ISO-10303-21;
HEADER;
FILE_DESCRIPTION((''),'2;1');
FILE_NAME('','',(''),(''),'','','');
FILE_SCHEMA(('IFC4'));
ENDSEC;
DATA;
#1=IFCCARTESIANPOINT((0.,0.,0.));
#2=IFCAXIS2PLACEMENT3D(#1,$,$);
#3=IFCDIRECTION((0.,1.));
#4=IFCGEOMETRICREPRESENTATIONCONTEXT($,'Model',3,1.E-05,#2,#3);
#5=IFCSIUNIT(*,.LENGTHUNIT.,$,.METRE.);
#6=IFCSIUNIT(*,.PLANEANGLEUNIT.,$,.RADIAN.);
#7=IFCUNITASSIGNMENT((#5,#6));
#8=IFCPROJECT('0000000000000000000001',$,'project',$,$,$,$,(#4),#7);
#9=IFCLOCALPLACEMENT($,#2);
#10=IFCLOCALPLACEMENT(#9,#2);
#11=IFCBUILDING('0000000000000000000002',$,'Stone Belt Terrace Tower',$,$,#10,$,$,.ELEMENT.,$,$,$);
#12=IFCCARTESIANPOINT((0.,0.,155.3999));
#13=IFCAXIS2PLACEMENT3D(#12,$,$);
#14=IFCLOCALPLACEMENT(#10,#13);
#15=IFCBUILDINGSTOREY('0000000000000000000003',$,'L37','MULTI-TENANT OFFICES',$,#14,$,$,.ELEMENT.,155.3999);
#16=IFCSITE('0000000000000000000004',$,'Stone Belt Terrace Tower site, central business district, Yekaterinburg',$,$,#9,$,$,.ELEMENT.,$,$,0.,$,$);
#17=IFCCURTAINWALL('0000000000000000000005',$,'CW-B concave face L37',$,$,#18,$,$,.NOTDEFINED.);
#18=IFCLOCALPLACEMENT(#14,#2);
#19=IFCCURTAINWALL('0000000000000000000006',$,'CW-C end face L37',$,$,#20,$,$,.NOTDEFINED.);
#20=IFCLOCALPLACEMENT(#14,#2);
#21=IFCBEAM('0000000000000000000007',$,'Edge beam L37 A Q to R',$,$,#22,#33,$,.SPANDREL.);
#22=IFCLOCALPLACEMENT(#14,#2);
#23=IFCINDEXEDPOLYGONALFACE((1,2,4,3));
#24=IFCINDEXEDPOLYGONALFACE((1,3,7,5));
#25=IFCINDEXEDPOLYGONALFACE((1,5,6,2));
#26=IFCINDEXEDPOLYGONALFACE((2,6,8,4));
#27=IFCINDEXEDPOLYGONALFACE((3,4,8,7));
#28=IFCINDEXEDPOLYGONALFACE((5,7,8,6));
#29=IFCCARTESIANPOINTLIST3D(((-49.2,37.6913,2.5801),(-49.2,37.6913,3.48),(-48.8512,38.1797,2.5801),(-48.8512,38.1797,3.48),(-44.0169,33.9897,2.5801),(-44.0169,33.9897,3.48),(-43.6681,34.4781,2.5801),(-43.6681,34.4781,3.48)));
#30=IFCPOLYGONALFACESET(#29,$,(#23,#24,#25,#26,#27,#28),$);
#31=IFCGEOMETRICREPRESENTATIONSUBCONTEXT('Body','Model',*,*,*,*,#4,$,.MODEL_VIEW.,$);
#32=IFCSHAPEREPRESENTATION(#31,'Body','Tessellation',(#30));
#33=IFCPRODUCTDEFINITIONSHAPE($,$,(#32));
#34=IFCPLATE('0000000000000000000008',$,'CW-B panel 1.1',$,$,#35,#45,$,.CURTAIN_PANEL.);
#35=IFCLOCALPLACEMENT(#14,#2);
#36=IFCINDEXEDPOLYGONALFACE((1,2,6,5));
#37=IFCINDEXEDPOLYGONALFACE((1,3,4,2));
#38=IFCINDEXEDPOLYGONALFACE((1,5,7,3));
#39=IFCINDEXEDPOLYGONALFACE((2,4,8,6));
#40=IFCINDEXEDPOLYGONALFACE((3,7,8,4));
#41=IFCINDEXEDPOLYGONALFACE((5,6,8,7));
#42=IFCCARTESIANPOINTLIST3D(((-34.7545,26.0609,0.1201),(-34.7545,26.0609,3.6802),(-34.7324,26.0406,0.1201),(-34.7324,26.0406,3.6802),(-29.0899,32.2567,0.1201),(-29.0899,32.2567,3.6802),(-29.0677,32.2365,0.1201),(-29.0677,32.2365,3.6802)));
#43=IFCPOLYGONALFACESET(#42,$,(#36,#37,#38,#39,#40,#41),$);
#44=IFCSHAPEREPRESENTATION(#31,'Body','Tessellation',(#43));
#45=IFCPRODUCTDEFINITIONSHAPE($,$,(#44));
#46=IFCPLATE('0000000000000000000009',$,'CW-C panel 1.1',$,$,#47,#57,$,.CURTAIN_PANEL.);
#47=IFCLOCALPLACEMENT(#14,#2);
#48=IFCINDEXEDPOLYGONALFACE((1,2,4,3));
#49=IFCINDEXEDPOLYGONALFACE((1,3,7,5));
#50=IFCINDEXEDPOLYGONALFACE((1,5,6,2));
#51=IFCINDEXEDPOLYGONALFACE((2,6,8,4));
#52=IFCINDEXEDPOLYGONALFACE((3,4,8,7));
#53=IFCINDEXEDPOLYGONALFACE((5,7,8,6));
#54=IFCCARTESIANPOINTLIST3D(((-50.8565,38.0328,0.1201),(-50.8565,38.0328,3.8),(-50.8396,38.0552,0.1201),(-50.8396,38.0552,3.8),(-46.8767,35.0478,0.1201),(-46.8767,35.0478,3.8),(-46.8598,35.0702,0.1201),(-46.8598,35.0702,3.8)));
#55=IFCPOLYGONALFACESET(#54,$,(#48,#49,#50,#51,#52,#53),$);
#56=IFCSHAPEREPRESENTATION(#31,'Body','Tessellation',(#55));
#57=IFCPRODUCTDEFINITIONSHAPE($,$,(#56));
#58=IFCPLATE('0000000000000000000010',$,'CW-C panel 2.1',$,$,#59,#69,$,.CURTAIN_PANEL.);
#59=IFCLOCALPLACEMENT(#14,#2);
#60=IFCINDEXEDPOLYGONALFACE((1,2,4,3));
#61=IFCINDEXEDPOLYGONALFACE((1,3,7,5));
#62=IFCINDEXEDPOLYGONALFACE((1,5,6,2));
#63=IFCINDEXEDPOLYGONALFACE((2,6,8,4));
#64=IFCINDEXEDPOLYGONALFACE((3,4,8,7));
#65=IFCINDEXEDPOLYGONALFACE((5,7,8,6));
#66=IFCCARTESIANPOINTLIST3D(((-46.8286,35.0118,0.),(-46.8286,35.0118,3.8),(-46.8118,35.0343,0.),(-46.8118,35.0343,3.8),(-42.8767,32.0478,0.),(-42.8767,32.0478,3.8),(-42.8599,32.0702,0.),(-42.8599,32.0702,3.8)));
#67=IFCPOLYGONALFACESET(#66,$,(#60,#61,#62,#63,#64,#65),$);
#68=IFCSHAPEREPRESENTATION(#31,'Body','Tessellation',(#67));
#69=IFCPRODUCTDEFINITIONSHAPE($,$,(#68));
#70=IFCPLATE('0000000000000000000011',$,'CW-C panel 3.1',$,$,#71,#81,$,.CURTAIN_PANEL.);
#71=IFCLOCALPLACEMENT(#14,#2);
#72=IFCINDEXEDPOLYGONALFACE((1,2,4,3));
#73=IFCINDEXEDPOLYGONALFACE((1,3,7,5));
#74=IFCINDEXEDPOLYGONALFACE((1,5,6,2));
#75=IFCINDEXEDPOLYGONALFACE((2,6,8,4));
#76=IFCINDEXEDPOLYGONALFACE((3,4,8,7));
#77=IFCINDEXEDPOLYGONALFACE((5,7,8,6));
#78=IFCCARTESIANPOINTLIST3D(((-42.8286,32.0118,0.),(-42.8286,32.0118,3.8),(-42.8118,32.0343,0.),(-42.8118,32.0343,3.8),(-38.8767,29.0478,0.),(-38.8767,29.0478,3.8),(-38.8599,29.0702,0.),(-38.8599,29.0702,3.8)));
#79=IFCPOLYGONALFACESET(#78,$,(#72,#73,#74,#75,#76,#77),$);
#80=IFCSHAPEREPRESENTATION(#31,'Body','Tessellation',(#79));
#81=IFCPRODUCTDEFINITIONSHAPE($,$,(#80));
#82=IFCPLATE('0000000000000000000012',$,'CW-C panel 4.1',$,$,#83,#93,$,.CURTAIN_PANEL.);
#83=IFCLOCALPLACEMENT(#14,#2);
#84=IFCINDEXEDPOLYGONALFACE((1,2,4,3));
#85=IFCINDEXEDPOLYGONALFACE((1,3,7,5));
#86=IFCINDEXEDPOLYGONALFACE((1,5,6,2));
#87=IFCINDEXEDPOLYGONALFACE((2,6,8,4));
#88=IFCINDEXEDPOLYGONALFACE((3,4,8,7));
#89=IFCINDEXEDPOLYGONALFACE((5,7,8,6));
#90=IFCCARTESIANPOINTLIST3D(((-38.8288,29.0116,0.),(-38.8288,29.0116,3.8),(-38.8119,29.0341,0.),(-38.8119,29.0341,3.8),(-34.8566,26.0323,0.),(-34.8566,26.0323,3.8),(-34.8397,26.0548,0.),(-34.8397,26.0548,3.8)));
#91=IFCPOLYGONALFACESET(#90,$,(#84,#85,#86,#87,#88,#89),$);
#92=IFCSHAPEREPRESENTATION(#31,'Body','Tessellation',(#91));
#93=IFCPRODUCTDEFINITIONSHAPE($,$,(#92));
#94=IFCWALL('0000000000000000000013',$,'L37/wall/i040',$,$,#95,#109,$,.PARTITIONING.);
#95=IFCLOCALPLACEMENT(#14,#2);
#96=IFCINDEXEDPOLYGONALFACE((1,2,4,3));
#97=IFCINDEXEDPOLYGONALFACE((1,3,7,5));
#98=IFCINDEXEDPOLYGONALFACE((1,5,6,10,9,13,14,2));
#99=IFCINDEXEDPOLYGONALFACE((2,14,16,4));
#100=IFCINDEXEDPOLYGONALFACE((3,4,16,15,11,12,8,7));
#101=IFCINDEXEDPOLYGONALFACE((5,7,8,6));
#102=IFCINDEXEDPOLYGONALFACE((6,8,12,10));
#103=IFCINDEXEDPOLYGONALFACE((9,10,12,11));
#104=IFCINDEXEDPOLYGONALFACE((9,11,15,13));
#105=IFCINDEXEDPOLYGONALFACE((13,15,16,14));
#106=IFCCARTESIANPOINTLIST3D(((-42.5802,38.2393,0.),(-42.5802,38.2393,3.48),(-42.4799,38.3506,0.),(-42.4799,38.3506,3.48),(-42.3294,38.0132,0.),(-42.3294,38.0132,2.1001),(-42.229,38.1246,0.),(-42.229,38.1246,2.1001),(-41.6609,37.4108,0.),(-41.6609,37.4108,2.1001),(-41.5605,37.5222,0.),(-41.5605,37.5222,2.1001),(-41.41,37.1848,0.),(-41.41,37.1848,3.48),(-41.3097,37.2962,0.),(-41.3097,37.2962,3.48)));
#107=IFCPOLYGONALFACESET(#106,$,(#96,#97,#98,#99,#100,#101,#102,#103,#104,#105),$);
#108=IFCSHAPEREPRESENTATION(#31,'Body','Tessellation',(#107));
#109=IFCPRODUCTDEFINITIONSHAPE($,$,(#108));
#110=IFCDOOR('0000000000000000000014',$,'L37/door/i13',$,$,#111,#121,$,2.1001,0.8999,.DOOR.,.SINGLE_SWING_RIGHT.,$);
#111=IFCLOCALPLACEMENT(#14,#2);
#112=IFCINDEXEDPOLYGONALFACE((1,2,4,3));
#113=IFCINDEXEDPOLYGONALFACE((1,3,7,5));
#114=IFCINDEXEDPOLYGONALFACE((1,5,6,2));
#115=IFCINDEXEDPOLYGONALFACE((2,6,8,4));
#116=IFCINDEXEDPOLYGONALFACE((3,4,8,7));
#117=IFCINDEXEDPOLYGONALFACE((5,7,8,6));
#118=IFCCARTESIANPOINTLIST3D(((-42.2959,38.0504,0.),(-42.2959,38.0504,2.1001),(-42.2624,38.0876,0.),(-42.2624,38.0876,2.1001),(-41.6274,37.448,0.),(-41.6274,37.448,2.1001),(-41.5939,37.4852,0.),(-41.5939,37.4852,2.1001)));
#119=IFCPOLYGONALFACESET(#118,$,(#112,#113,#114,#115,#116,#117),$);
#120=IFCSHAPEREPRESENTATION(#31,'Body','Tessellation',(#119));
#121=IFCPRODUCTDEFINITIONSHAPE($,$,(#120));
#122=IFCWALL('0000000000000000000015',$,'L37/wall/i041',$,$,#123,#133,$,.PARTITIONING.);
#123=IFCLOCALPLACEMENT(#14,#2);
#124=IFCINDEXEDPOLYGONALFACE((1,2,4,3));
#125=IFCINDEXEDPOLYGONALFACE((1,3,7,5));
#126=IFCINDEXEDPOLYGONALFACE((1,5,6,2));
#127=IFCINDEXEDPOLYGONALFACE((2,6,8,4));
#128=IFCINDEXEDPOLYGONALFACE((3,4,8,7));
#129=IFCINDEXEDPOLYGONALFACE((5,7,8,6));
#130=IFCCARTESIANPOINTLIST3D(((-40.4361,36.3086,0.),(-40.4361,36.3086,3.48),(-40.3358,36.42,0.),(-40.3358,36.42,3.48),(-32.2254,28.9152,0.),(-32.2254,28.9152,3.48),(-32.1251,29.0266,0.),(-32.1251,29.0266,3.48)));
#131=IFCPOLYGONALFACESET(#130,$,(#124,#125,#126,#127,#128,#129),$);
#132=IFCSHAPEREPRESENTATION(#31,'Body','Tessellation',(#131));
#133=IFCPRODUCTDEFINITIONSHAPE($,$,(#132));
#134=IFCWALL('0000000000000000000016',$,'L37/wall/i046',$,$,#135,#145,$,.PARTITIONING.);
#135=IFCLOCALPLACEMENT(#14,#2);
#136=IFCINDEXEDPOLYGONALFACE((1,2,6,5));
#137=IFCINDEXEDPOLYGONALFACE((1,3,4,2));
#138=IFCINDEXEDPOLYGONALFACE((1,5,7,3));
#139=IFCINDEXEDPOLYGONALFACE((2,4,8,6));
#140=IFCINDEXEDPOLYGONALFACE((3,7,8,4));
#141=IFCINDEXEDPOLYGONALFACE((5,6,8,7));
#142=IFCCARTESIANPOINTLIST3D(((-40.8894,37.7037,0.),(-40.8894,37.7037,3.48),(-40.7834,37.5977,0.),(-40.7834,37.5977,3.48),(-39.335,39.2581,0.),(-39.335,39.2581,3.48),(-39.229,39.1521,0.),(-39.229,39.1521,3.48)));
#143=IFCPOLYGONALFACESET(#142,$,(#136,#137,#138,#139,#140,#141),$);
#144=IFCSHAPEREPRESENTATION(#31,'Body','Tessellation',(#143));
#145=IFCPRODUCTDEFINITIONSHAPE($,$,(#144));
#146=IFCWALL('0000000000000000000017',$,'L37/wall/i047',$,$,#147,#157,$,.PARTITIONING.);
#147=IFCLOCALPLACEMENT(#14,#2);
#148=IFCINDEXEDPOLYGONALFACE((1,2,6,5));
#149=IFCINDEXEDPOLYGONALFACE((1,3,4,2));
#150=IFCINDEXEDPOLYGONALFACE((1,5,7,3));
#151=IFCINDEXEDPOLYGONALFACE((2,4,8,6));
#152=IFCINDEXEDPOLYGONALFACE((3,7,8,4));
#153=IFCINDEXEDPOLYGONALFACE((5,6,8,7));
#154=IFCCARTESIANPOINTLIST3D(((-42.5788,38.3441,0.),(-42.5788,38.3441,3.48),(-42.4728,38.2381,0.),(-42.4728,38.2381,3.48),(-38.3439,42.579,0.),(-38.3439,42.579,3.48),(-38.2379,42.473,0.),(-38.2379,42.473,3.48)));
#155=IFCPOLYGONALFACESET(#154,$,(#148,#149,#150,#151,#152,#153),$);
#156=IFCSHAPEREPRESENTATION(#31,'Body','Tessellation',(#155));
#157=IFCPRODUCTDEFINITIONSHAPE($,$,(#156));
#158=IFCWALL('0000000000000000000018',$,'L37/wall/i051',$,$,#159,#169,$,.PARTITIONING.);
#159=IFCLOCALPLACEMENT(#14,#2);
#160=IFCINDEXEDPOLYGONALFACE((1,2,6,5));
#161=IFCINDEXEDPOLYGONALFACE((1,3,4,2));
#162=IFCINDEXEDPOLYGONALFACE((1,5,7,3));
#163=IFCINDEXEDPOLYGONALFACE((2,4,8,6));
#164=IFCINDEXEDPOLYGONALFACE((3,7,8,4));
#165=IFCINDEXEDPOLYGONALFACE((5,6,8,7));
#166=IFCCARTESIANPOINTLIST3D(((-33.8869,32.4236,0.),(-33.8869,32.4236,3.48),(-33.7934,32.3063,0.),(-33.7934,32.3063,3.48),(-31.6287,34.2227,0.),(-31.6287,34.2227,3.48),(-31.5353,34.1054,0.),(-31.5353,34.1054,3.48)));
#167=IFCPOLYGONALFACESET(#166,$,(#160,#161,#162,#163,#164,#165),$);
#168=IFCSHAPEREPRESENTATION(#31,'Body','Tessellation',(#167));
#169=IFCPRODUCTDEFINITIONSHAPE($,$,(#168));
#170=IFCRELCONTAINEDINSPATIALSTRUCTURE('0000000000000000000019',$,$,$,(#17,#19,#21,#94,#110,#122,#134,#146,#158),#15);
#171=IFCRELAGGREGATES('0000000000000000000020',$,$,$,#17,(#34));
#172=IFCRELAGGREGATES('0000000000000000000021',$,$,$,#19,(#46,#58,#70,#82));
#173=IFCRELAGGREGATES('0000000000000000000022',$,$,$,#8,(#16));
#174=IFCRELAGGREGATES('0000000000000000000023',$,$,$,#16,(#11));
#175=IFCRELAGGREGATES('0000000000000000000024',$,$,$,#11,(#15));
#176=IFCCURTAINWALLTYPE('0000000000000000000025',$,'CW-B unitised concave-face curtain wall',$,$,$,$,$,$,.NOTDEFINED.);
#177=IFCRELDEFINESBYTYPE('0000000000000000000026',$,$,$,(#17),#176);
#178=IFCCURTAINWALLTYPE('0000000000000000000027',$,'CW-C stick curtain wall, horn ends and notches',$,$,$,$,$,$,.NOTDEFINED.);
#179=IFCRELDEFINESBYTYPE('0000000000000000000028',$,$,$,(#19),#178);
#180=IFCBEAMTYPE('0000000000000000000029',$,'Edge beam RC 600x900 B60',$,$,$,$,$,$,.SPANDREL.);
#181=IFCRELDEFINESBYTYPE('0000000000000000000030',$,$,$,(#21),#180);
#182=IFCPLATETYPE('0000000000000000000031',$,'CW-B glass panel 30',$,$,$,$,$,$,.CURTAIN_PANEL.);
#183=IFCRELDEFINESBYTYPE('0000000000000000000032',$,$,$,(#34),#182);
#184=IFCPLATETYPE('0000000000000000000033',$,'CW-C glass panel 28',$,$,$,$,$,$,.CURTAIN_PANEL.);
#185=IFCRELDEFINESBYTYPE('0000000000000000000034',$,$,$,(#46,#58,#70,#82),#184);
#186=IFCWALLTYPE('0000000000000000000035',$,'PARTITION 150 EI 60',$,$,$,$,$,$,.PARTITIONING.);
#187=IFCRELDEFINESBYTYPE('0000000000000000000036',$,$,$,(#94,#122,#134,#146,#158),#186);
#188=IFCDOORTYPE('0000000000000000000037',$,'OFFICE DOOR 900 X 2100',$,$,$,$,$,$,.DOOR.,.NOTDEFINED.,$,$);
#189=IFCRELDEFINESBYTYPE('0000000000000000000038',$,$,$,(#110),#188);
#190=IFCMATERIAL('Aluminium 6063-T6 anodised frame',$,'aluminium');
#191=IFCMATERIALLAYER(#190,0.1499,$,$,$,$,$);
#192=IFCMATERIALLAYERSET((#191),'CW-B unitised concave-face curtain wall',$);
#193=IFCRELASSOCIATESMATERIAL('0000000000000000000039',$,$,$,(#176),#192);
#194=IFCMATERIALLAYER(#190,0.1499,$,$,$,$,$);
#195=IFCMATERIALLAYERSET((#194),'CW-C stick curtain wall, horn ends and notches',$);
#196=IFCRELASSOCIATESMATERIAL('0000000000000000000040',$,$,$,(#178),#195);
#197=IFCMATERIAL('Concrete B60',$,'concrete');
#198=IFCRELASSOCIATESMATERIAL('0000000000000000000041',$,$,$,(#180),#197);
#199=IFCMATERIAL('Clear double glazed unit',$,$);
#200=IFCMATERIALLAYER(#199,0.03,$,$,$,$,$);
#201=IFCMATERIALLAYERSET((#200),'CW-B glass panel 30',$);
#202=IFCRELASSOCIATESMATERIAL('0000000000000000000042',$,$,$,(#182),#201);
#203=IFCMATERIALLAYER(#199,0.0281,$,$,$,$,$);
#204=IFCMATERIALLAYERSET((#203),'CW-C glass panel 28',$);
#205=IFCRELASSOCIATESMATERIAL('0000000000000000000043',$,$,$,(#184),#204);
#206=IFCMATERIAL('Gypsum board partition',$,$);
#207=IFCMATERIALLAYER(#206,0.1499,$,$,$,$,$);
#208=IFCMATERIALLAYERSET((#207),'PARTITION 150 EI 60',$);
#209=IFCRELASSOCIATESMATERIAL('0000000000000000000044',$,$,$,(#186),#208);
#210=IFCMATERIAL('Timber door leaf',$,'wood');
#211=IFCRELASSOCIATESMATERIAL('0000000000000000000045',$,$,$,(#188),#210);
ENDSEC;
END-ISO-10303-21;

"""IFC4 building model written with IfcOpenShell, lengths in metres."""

from ifc_helpers import new_model, si_unit, direction, frame, frame_2d, origin, origin_2d, place, context, subcontext, project, spatial, rectangle, extrude, material, layer, layer_set, material_profile, profile_set, type_object, element, fill, aggregate, save


model = new_model("IFC4")

# Units and contexts
model_context = context("Model", 3, precision=1e-05, world=origin(), true_north=direction((0.0, 1.0)))
body_context = subcontext(model_context, "Body", "Model", "MODEL_VIEW")
ifc_project = project(units=[si_unit("LENGTHUNIT", "METRE"), si_unit("PLANEANGLEUNIT", "RADIAN")], contexts=[model_context])

# Site, building, storey
site_placement = place(None, origin())
site = spatial("IfcSite", under=ifc_project, at=site_placement, Name="Stone Belt Terrace Tower site, central business district, Yekaterinburg", CompositionType="ELEMENT", RefElevation=0.0)
building_placement = place(site_placement, origin())
building = spatial("IfcBuilding", under=site, at=building_placement, Name="Stone Belt Terrace Tower", CompositionType="ELEMENT")
storey_placement = place(building_placement, frame((0.0, 0.0, 155.3999)))
storey = spatial("IfcBuildingStorey", under=building, at=storey_placement, Name="L37", Description="MULTI-TENANT OFFICES", CompositionType="ELEMENT", Elevation=155.3999)

# Curtain walls
ifc_material_1 = material(Name="Aluminium 6063-T6 anodised frame", Category="aluminium")
ifc_layer_1 = layer(ifc_material_1, 0.1499)
ifc_layer_set_1 = layer_set([ifc_layer_1], Name="CW-B unitised concave-face curtain wall")
curtain_wall_type_1 = type_object("IfcCurtainWallType", Name="CW-B unitised concave-face curtain wall", PredefinedType="NOTDEFINED", material=ifc_layer_set_1)
curtain_wall_1_placement = place(storey_placement, origin())
curtain_wall_1 = element("IfcCurtainWall", 1, at=curtain_wall_1_placement, inside=storey, type_object=curtain_wall_type_1, Name="CW-B concave face L37", PredefinedType="NOTDEFINED")
ifc_layer_2 = layer(ifc_material_1, 0.1499)
ifc_layer_set_2 = layer_set([ifc_layer_2], Name="CW-C stick curtain wall, horn ends and notches")
curtain_wall_type_2 = type_object("IfcCurtainWallType", Name="CW-C stick curtain wall, horn ends and notches", PredefinedType="NOTDEFINED", material=ifc_layer_set_2)
curtain_wall_2_placement = place(storey_placement, origin())
curtain_wall_2 = element("IfcCurtainWall", 2, at=curtain_wall_2_placement, inside=storey, type_object=curtain_wall_type_2, Name="CW-C end face L37", PredefinedType="NOTDEFINED")

# Beam
ifc_material_2 = material(Name="Concrete B60", Category="concrete")
ifc_material_profile_1 = material_profile(ifc_material_2, rectangle(XDim=0.6001, YDim=0.8999, at=origin_2d()), Name="RC 600x900")
ifc_profile_set_1 = profile_set([ifc_material_profile_1], Name="Concrete B60")
beam_type = type_object("IfcBeamType", Name="Edge beam RC 600x900 B60", PredefinedType="SPANDREL", material=ifc_profile_set_1)
beam_1_placement = place(storey_placement, frame((-43.8425, 34.2339, 3.03), z_axis=(-0.813775, 0.58118, 0.0), x_axis=(-0.58118, -0.813775, 0.0)))
element("IfcBeam", 3, at=beam_1_placement, inside=storey, type_object=beam_type, Name="Edge beam L37 A Q to R", PredefinedType="SPANDREL", context=body_context, shape_type="SweptSolid", body=[
    extrude(rectangle(XDim=0.6001, YDim=0.8999, at=origin_2d()), origin(), (0.0, 0.0, 1.0), 6.3691),
])

# Plates
ifc_material_3 = material(Name="Clear double glazed unit")
ifc_layer_3 = layer(ifc_material_3, 0.03)
ifc_layer_set_3 = layer_set([ifc_layer_3], Name="CW-B glass panel 30")
plate_type_1 = type_object("IfcPlateType", Name="CW-B glass panel 30", PredefinedType="CURTAIN_PANEL", material=ifc_layer_set_3)
plate_1_placement = place(storey_placement, frame((-31.9111, 29.1487, 0.1201), z_axis=(0.0, 0.0, 1.0), x_axis=(0.674761, 0.738036, 0.0)))
plate_1 = element("IfcPlate", 4, at=plate_1_placement, type_object=plate_type_1, Name="CW-B panel 1.1", PredefinedType="CURTAIN_PANEL", context=body_context, shape_type="SweptSolid", body=[
    extrude(rectangle(XDim=8.395, YDim=0.03, at=origin_2d()), origin(), (0.0, 0.0, 1.0), 3.5601),
])
aggregate(curtain_wall_1, [plate_1])
ifc_layer_4 = layer(ifc_material_3, 0.0281)
ifc_layer_set_4 = layer_set([ifc_layer_4], Name="CW-C glass panel 28")
plate_type_2 = type_object("IfcPlateType", Name="CW-C glass panel 28", PredefinedType="CURTAIN_PANEL", material=ifc_layer_set_4)
plate_2_placement = place(storey_placement, frame((-48.8582, 36.5515, 0.1201), z_axis=(0.0, 0.0, 1.0), x_axis=(0.799987, -0.600018, 0.0)))
plate_2 = element("IfcPlate", 5, at=plate_2_placement, type_object=plate_type_2, Name="CW-C panel 1.1", PredefinedType="CURTAIN_PANEL", context=body_context, shape_type="SweptSolid", body=[
    extrude(rectangle(XDim=4.9749, YDim=0.0281, at=origin_2d()), origin(), (0.0, 0.0, 1.0), 3.6799),
])
plate_3_placement = place(storey_placement, frame((-44.8442, 33.541, 0.0), z_axis=(0.0, 0.0, 1.0), x_axis=(0.799987, -0.600018, 0.0)))
plate_3 = element("IfcPlate", 6, at=plate_3_placement, type_object=plate_type_2, Name="CW-C panel 2.1", PredefinedType="CURTAIN_PANEL", context=body_context, shape_type="SweptSolid", body=[
    extrude(rectangle(XDim=4.9399, YDim=0.0281, at=origin_2d()), origin(), (0.0, 0.0, 1.0), 3.8),
])
plate_4_placement = place(storey_placement, frame((-40.8442, 30.541, 0.0), z_axis=(0.0, 0.0, 1.0), x_axis=(0.799987, -0.600018, 0.0)))
plate_4 = element("IfcPlate", 7, at=plate_4_placement, type_object=plate_type_2, Name="CW-C panel 3.1", PredefinedType="CURTAIN_PANEL", context=body_context, shape_type="SweptSolid", body=[
    extrude(rectangle(XDim=4.9399, YDim=0.0281, at=origin_2d()), origin(), (0.0, 0.0, 1.0), 3.8),
])
plate_5_placement = place(storey_placement, frame((-36.8342, 27.5332, 0.0), z_axis=(0.0, 0.0, 1.0), x_axis=(0.799987, -0.600018, 0.0)))
plate_5 = element("IfcPlate", 8, at=plate_5_placement, type_object=plate_type_2, Name="CW-C panel 4.1", PredefinedType="CURTAIN_PANEL", context=body_context, shape_type="SweptSolid", body=[
    extrude(rectangle(XDim=4.9653, YDim=0.0281, at=origin_2d()), origin(), (0.0, 0.0, 1.0), 3.8),
])
aggregate(curtain_wall_2, [plate_2, plate_3, plate_4, plate_5])

# Wall, opening, door
ifc_material_4 = material(Name="Gypsum board partition")
ifc_layer_5 = layer(ifc_material_4, 0.1499)
ifc_layer_set_5 = layer_set([ifc_layer_5], Name="PARTITION 150 EI 60")
wall_type_1 = type_object("IfcWallType", Name="PARTITION 150 EI 60", PredefinedType="PARTITIONING", material=ifc_layer_set_5)
wall_1_placement = place(storey_placement, frame((-41.3599, 37.2405, 0.0), z_axis=(0.0, 0.0, 1.0), x_axis=(-0.742886, 0.669418, 0.0)))
wall_1 = element("IfcWall", 9, at=wall_1_placement, inside=storey, type_object=wall_type_1, Name="L37/wall/i040", PredefinedType="PARTITIONING", context=body_context, shape_type="SweptSolid", body=[
    extrude(rectangle(XDim=1.5752, YDim=0.1499, at=frame_2d((0.7876, 0.0))), origin(), (0.0, 0.0, 1.0), 3.48),
])
opening_1_placement = place(wall_1_placement, frame((0.3376, 0.0, 0.0)))
opening_1 = element("IfcOpeningElement", 10, at=opening_1_placement, cuts=wall_1, PredefinedType="OPENING", context=body_context, shape_type="SweptSolid", body=[
    extrude(rectangle(XDim=0.8999, YDim=2.1001, at=frame_2d((0.45, 1.05))), frame((0.0, 0.085, 0.0), z_axis=(0.0, -1.0, 0.0), x_axis=(1.0, 0.0, 0.0)), (0.0, 0.0, 1.0), 0.1699),
])
ifc_material_5 = material(Name="Timber door leaf", Category="wood")
door_type_1 = type_object("IfcDoorType", Name="OFFICE DOOR 900 X 2100", OperationType="NOTDEFINED", PredefinedType="DOOR", material=ifc_material_5)
door_1_placement = place(opening_1_placement, origin())
door_1 = element("IfcDoor", 11, at=door_1_placement, inside=storey, type_object=door_type_1, Name="L37/door/i13", OperationType="SINGLE_SWING_RIGHT", OverallHeight=2.1001, OverallWidth=0.8999, PredefinedType="DOOR", context=body_context, shape_type="SweptSolid", body=[
    extrude(rectangle(XDim=0.8999, YDim=2.1001, at=frame_2d((0.45, 1.05))), frame((0.0, 0.0249, 0.0), z_axis=(0.0, -1.0, 0.0), x_axis=(1.0, 0.0, 0.0)), (0.0, 0.0, 1.0), 0.05),
])
fill(opening_1, door_1)

# Walls
wall_2_placement = place(storey_placement, frame((-40.386, 36.3643, 0.0), z_axis=(0.0, 0.0, 1.0), x_axis=(0.743128, -0.669149, 0.0)))
element("IfcWall", 12, at=wall_2_placement, inside=storey, type_object=wall_type_1, Name="L37/wall/i041", PredefinedType="PARTITIONING", context=body_context, shape_type="SweptSolid", body=[
    extrude(rectangle(XDim=11.0488, YDim=0.1499, at=frame_2d((5.5244, 0.0))), origin(), (0.0, 0.0, 1.0), 3.48),
])
wall_3_placement = place(storey_placement, frame((-39.282, 39.2051, 0.0), z_axis=(0.0, 0.0, 1.0), x_axis=(-0.707107, -0.707107, 0.0)))
element("IfcWall", 13, at=wall_3_placement, inside=storey, type_object=wall_type_1, Name="L37/wall/i046", PredefinedType="PARTITIONING", context=body_context, shape_type="SweptSolid", body=[
    extrude(rectangle(XDim=2.1982, YDim=0.1499, at=frame_2d((1.0991, 0.0))), origin(), (0.0, 0.0, 1.0), 3.48),
])
wall_4_placement = place(storey_placement, frame((-42.5259, 38.291, 0.0), z_axis=(0.0, 0.0, 1.0), x_axis=(0.707107, 0.707107, 0.0)))
element("IfcWall", 14, at=wall_4_placement, inside=storey, type_object=wall_type_1, Name="L37/wall/i047", PredefinedType="PARTITIONING", context=body_context, shape_type="SweptSolid", body=[
    extrude(rectangle(XDim=5.989, YDim=0.1499, at=frame_2d((2.9946, 0.0))), origin(), (0.0, 0.0, 1.0), 3.48),
])
wall_5_placement = place(storey_placement, frame((-31.582, 34.1641, 0.0), z_axis=(0.0, 0.0, 1.0), x_axis=(-0.782113, -0.623137, 0.0)))
element("IfcWall", 15, at=wall_5_placement, inside=storey, type_object=wall_type_1, Name="L37/wall/i051", PredefinedType="PARTITIONING", context=body_context, shape_type="SweptSolid", body=[
    extrude(rectangle(XDim=2.8872, YDim=0.1499, at=frame_2d((1.4436, 0.0))), origin(), (0.0, 0.0, 1.0), 3.48),
])

save(model, "model.ifc")
